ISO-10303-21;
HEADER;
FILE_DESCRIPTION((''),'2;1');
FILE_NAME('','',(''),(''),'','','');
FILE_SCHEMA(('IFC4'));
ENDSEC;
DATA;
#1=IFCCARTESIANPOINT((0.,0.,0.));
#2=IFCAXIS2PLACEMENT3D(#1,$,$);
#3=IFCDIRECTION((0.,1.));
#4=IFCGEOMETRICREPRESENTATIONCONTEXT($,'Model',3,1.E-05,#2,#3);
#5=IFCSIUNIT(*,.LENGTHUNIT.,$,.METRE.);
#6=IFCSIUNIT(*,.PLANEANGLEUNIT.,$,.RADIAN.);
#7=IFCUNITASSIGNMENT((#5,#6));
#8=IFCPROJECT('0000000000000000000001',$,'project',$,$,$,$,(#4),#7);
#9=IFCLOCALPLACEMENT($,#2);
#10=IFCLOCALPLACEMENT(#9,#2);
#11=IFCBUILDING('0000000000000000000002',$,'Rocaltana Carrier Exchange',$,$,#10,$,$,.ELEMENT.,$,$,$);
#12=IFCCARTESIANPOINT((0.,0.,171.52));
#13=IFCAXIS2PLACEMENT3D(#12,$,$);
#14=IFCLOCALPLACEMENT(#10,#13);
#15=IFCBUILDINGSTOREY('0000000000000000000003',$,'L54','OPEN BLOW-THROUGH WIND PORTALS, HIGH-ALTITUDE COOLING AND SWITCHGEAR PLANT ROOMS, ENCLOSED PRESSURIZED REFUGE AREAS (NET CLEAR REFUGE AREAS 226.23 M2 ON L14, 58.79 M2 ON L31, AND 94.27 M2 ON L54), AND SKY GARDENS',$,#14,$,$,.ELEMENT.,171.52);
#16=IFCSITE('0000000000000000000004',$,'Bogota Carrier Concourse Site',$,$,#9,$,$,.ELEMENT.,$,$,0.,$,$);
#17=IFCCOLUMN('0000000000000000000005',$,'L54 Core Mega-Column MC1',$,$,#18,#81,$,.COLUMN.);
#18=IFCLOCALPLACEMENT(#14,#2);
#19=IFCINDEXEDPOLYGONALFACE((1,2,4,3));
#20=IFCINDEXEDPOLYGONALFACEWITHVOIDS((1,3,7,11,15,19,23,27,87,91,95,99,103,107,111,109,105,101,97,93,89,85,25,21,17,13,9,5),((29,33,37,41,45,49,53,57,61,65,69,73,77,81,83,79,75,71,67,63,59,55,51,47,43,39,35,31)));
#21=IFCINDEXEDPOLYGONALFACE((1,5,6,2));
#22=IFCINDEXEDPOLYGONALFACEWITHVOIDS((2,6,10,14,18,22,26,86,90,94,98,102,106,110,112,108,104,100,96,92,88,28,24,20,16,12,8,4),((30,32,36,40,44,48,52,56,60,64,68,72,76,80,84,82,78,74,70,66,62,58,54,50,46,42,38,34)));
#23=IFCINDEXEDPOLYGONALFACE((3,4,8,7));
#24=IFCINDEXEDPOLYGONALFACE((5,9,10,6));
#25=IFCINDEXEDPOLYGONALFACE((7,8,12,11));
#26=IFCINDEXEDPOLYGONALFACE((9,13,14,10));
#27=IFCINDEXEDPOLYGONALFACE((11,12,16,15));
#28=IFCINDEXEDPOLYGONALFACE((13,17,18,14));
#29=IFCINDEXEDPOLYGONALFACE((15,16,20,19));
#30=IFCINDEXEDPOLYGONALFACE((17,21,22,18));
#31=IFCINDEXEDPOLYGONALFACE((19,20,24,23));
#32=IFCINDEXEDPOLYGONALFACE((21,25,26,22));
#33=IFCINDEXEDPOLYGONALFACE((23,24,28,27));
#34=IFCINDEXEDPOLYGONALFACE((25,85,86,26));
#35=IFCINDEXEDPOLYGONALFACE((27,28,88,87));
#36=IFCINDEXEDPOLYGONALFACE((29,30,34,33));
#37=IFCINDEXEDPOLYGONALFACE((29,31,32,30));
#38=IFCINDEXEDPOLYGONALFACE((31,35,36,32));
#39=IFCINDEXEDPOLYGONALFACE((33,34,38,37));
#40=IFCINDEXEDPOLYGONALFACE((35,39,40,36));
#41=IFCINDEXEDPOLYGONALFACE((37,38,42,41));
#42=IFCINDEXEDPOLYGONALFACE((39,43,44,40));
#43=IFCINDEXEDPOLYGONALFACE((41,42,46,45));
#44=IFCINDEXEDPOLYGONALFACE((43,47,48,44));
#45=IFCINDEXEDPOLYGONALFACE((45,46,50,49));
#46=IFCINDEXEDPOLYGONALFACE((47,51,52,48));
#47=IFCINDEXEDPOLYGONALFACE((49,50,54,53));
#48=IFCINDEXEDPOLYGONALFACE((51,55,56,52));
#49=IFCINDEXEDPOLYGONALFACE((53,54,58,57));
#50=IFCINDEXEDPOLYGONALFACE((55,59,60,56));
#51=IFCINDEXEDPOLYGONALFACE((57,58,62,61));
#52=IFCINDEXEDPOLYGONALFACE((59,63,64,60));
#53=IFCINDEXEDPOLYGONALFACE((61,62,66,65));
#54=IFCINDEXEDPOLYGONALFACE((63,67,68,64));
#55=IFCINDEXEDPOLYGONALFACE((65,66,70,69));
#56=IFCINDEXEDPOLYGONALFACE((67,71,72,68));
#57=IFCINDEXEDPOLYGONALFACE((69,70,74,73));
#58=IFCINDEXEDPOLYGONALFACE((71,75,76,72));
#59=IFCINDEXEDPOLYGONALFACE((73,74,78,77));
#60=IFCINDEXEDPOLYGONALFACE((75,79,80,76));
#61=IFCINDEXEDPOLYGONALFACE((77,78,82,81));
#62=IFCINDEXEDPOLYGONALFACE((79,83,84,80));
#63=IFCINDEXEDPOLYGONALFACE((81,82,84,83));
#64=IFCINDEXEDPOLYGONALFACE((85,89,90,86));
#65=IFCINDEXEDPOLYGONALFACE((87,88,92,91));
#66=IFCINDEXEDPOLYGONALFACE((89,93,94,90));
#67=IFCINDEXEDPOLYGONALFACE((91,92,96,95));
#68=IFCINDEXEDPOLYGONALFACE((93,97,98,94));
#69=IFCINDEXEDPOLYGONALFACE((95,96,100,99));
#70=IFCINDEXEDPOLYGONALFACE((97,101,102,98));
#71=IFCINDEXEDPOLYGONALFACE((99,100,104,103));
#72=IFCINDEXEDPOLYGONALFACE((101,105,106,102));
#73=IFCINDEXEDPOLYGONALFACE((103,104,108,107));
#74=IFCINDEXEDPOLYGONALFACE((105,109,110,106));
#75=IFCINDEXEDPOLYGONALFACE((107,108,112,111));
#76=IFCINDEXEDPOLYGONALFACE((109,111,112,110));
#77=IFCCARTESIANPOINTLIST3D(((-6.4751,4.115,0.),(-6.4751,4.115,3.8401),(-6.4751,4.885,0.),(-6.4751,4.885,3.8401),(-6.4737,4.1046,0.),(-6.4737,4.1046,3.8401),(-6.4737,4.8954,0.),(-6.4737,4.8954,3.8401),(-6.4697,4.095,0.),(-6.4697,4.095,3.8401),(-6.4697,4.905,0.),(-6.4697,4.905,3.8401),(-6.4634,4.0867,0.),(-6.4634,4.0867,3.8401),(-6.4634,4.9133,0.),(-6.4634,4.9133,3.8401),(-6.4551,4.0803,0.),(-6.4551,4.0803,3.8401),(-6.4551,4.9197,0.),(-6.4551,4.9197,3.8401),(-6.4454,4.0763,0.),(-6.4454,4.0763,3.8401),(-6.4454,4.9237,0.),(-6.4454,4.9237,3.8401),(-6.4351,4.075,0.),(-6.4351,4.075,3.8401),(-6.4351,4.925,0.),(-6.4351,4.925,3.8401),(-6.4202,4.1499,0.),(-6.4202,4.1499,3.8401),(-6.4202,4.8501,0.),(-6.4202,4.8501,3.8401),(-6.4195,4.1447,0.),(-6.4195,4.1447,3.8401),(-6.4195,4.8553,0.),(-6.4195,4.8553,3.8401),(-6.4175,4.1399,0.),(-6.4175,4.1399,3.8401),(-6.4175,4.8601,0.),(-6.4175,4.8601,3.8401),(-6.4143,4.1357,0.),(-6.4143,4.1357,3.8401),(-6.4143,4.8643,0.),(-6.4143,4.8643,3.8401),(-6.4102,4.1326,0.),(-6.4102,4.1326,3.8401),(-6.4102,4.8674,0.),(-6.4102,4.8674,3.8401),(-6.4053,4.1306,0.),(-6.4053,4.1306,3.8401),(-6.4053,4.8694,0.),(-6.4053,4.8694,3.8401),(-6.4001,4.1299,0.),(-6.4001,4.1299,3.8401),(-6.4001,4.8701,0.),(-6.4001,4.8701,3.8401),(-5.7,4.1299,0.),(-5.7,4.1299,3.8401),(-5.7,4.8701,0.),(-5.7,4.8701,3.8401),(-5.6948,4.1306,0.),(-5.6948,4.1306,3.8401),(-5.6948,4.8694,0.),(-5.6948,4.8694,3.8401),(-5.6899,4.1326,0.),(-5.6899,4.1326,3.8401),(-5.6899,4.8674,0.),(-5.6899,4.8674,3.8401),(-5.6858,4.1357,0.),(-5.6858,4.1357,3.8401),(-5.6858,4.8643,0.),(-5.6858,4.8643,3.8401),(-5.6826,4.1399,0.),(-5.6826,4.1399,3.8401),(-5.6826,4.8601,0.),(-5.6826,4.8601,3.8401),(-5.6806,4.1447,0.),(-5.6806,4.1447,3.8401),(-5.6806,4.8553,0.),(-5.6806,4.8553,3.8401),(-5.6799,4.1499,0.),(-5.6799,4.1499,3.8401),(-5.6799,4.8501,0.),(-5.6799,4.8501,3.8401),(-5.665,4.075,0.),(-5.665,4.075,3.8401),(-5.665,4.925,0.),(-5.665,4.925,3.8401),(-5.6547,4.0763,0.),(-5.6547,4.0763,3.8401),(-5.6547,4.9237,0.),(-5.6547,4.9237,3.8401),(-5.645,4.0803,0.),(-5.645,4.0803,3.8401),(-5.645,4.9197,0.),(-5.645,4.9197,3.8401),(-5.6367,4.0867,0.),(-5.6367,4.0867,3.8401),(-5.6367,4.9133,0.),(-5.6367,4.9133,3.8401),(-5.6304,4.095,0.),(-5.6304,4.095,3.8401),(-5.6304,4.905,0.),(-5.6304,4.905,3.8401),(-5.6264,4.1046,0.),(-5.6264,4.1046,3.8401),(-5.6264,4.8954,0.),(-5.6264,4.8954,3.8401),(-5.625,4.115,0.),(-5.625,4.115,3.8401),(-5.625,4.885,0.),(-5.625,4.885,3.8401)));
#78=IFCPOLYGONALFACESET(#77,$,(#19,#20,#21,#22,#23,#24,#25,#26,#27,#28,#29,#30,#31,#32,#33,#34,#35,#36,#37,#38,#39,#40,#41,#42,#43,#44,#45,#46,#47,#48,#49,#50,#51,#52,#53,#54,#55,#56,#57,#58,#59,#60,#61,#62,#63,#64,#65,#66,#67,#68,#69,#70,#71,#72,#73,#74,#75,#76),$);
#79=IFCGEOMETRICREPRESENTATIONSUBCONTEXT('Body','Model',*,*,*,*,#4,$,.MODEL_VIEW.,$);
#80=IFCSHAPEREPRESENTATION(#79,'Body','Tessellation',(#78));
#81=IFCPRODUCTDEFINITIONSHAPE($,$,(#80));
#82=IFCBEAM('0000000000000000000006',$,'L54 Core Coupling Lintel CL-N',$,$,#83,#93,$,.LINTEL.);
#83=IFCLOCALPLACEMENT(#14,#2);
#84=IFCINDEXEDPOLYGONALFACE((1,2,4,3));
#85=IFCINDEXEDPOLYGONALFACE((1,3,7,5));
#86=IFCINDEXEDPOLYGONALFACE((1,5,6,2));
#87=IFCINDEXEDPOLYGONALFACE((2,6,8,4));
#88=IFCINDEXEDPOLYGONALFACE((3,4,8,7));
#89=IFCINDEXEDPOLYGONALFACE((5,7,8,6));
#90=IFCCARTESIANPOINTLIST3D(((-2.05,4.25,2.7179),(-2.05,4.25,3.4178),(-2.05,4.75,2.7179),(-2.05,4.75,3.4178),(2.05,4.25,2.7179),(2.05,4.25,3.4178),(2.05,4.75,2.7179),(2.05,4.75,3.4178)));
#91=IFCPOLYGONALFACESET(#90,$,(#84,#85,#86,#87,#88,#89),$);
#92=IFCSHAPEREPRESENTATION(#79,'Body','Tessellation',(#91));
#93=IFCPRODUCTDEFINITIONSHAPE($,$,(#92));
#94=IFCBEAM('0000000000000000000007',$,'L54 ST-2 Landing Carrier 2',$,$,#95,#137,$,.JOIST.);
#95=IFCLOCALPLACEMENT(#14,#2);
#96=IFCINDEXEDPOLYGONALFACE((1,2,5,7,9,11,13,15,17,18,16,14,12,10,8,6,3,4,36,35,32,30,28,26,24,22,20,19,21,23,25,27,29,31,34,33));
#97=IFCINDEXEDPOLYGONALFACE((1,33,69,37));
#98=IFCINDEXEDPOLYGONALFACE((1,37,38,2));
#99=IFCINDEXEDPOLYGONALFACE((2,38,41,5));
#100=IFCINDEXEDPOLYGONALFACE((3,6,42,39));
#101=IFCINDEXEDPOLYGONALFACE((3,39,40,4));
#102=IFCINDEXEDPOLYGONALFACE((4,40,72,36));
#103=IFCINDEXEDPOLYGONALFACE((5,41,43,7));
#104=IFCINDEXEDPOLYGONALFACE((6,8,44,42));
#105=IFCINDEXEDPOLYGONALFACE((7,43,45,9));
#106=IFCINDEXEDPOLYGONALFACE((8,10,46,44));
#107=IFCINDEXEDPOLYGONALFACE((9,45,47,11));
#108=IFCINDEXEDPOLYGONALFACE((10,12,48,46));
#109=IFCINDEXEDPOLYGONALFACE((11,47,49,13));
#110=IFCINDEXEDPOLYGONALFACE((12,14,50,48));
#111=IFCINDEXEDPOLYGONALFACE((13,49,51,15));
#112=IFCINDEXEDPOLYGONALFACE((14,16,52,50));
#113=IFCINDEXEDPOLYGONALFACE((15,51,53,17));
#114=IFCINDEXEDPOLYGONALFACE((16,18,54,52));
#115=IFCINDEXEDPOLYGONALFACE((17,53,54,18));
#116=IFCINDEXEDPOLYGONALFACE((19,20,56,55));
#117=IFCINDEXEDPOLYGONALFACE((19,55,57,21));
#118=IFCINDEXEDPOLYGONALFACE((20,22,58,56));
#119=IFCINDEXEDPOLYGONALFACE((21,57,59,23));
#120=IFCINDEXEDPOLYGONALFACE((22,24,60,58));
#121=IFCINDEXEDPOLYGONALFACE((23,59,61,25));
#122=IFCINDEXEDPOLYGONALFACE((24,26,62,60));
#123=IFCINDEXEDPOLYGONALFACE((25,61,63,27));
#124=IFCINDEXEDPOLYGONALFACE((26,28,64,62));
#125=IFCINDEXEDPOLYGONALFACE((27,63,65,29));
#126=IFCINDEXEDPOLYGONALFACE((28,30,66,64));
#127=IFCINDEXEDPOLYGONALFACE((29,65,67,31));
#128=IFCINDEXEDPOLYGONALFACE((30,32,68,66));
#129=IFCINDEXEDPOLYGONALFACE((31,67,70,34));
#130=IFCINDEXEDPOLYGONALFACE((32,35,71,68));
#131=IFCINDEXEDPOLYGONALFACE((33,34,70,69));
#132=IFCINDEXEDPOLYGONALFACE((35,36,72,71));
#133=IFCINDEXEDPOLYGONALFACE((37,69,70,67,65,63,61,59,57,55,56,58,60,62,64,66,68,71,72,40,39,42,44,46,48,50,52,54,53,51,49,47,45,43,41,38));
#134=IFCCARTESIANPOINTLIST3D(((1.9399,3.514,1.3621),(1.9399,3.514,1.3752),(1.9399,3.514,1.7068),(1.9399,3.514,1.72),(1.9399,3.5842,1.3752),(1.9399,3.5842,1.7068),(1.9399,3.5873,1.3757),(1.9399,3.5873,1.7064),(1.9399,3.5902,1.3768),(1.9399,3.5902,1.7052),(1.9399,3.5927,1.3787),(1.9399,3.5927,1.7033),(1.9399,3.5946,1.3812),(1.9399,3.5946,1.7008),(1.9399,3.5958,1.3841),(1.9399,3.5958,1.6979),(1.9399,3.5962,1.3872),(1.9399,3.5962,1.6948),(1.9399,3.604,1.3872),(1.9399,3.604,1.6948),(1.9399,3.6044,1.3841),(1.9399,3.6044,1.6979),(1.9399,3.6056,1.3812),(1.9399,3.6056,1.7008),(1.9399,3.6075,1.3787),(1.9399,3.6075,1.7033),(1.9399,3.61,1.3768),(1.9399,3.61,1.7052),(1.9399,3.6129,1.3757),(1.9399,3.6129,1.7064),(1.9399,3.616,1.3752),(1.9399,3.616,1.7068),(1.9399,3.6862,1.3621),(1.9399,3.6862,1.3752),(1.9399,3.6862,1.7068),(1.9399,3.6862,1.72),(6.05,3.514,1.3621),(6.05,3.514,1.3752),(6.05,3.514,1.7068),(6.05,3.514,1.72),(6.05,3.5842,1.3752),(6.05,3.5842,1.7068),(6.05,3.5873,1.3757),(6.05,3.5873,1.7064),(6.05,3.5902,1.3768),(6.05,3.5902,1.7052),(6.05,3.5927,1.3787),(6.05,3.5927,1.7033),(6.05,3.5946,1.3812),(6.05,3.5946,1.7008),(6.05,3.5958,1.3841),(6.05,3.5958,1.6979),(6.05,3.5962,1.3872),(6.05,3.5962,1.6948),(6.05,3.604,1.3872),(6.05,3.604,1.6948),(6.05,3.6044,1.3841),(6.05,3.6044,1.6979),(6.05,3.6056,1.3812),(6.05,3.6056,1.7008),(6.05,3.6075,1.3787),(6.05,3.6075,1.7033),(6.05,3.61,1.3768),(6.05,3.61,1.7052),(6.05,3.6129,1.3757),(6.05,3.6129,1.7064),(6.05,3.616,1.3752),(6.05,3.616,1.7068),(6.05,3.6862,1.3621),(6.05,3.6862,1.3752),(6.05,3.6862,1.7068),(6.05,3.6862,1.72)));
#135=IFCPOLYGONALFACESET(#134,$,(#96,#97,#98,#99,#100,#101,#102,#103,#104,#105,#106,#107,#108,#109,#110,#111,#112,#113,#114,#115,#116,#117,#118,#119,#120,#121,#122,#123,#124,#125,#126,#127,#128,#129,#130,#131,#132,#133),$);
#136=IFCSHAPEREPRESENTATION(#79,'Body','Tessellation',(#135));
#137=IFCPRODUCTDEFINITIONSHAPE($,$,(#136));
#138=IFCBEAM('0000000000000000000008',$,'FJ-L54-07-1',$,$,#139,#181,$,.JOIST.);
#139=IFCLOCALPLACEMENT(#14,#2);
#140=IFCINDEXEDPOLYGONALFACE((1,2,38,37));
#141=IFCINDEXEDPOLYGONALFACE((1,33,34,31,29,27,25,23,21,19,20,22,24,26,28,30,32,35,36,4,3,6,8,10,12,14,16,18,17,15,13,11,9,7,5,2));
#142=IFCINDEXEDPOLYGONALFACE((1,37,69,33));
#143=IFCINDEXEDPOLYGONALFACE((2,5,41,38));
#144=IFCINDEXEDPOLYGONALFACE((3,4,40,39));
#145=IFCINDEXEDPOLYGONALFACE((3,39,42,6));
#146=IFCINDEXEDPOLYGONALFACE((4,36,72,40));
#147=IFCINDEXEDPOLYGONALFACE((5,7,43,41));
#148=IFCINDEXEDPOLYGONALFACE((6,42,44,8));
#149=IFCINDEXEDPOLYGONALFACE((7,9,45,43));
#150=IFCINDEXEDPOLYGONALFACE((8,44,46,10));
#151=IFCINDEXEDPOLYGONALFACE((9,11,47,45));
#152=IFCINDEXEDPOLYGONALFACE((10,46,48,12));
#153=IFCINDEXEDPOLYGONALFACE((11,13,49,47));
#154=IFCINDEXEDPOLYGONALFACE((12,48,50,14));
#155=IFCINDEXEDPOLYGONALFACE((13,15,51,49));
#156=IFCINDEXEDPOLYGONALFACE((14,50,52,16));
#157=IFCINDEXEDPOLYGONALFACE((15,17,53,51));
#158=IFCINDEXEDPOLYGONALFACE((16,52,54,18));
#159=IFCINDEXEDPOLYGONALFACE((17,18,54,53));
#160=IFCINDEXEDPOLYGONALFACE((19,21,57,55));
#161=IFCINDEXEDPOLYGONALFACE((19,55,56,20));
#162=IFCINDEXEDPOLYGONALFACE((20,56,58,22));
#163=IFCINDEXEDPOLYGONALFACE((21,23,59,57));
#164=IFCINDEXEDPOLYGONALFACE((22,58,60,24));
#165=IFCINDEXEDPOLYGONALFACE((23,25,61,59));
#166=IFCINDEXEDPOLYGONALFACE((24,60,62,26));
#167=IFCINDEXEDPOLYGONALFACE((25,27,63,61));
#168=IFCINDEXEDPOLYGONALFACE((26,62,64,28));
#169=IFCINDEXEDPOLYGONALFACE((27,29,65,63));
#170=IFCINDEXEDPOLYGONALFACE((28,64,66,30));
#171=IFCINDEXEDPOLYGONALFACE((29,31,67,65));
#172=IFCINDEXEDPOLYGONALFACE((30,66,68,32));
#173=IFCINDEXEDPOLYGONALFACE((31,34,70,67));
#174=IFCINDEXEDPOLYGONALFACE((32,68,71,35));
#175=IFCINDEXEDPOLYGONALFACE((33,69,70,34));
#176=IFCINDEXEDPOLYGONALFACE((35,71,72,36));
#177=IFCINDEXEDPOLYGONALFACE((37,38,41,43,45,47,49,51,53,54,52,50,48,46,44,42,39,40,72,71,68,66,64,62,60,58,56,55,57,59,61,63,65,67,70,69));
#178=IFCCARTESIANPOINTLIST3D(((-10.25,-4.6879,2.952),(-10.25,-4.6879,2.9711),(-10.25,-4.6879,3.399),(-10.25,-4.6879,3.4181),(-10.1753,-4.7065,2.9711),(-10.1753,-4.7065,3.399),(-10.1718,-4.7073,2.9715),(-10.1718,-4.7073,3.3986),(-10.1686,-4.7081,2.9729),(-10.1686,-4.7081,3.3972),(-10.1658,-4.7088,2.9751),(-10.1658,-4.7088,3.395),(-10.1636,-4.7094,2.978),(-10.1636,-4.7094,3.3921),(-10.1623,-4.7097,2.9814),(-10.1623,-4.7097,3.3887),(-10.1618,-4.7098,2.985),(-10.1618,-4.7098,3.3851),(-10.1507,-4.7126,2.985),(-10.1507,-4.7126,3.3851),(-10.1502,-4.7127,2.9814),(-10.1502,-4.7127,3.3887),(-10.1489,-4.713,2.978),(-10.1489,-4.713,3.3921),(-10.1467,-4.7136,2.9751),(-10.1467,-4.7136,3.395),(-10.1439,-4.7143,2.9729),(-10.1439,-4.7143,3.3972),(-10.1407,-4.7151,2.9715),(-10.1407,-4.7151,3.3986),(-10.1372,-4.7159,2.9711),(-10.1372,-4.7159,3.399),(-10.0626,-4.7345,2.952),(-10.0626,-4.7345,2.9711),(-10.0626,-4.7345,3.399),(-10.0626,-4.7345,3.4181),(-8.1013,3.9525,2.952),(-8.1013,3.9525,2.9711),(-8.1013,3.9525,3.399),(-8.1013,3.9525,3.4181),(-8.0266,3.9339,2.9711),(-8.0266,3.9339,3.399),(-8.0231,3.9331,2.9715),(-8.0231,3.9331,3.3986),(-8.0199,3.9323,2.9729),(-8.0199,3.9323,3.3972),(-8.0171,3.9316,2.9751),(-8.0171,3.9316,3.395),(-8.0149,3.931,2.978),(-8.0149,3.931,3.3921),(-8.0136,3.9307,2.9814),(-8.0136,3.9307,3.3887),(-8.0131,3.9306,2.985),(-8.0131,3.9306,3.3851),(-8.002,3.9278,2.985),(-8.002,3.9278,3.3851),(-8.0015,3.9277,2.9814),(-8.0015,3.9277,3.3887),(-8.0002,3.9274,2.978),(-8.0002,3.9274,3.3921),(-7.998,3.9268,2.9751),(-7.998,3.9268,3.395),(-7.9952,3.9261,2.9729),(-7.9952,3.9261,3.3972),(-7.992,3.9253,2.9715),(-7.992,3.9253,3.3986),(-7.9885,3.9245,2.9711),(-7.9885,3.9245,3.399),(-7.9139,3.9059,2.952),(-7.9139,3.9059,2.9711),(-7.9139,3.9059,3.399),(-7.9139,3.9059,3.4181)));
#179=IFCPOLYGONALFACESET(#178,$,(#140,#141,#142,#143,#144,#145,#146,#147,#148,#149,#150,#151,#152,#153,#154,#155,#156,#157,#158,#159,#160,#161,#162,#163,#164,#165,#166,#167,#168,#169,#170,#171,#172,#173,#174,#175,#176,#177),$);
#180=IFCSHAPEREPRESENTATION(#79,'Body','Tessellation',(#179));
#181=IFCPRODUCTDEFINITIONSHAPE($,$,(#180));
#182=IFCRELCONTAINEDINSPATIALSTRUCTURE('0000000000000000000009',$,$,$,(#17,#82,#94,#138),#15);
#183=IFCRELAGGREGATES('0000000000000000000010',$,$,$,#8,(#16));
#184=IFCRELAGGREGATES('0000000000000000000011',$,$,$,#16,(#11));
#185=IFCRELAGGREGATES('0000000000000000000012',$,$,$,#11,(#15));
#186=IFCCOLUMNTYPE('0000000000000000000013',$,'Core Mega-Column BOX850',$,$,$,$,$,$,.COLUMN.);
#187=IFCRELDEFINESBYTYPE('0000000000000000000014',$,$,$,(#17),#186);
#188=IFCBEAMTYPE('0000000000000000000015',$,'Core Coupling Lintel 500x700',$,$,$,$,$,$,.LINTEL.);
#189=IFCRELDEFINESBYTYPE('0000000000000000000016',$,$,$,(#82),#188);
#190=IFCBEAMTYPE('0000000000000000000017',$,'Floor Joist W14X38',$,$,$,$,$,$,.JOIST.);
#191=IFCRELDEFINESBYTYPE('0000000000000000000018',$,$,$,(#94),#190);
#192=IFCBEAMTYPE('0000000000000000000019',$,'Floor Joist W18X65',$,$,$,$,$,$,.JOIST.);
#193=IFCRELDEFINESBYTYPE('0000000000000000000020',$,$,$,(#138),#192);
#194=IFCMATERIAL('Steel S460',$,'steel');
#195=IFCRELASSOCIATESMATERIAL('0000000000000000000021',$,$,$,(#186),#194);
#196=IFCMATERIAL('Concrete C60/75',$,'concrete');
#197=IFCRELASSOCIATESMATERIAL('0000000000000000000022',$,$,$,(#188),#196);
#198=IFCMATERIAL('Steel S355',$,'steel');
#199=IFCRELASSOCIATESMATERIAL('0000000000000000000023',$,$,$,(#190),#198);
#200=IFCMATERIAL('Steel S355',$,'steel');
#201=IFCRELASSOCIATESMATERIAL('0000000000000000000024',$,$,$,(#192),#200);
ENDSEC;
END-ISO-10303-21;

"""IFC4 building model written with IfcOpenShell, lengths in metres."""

from ifc_helpers import new_model, si_unit, direction, frame, origin, origin_2d, place, context, subcontext, project, spatial, rectangle, hollow_rectangle, i_section, extrude, material, material_profile, profile_set, type_object, element, save


model = new_model("IFC4")

# Units and contexts
model_context = context("Model", 3, precision=1e-05, world=origin(), true_north=direction((0.0, 1.0)))
body_context = subcontext(model_context, "Body", "Model", "MODEL_VIEW")
ifc_project = project(units=[si_unit("LENGTHUNIT", "METRE"), si_unit("PLANEANGLEUNIT", "RADIAN")], contexts=[model_context])

# Site, building, storey
site_placement = place(None, origin())
site = spatial("IfcSite", under=ifc_project, at=site_placement, Name="Bogota Carrier Concourse Site", CompositionType="ELEMENT", RefElevation=0.0)
building_placement = place(site_placement, origin())
building = spatial("IfcBuilding", under=site, at=building_placement, Name="Rocaltana Carrier Exchange", CompositionType="ELEMENT")
storey_placement = place(building_placement, frame((0.0, 0.0, 171.52)))
storey = spatial("IfcBuildingStorey", under=building, at=storey_placement, Name="L54", Description="OPEN BLOW-THROUGH WIND PORTALS, HIGH-ALTITUDE COOLING AND SWITCHGEAR PLANT ROOMS, ENCLOSED PRESSURIZED REFUGE AREAS (NET CLEAR REFUGE AREAS 226.23 M2 ON L14, 58.79 M2 ON L31, AND 94.27 M2 ON L54), AND SKY GARDENS", CompositionType="ELEMENT", Elevation=171.52)

# Column
ifc_material_1 = material(Name="Steel S460", Category="steel")
ifc_material_profile_1 = material_profile(ifc_material_1, hollow_rectangle(XDim=0.8501, YDim=0.8501, WallThickness=0.0549, InnerFilletRadius=0.02, OuterFilletRadius=0.04, at=origin_2d()), Name="BOX850X850X55")
ifc_profile_set_1 = profile_set([ifc_material_profile_1], Name="Steel S460")
column_type = type_object("IfcColumnType", Name="Core Mega-Column BOX850", PredefinedType="COLUMN", material=ifc_profile_set_1)
column_placement = place(storey_placement, frame((-6.05, 4.5, 0.0), z_axis=(0.0, 0.0, 1.0), x_axis=(1.0, 0.0, 0.0)))
element("IfcColumn", 1, at=column_placement, inside=storey, type_object=column_type, Name="L54 Core Mega-Column MC1", PredefinedType="COLUMN", context=body_context, shape_type="SweptSolid", body=[
    extrude(hollow_rectangle(XDim=0.8501, YDim=0.8501, WallThickness=0.0549, InnerFilletRadius=0.02, OuterFilletRadius=0.04, at=origin_2d()), origin(), (0.0, 0.0, 1.0), 3.8401),
])

# Beams
ifc_material_2 = material(Name="Concrete C60/75", Category="concrete")
ifc_material_profile_2 = material_profile(ifc_material_2, rectangle(XDim=0.5, YDim=0.7, at=origin_2d()), Name="RC-BM-500X700")
ifc_profile_set_2 = profile_set([ifc_material_profile_2], Name="Concrete C60/75")
beam_type_1 = type_object("IfcBeamType", Name="Core Coupling Lintel 500x700", PredefinedType="LINTEL", material=ifc_profile_set_2)
beam_1_placement = place(storey_placement, frame((-2.05, 4.5, 3.0679), z_axis=(1.0, 0.0, 0.0), x_axis=(0.0, 1.0, 0.0)))
element("IfcBeam", 2, at=beam_1_placement, inside=storey, type_object=beam_type_1, Name="L54 Core Coupling Lintel CL-N", PredefinedType="LINTEL", context=body_context, shape_type="SweptSolid", body=[
    extrude(rectangle(XDim=0.5, YDim=0.7, at=origin_2d()), origin(), (0.0, 0.0, 1.0), 4.1001),
])
ifc_material_3 = material(Name="Steel S355", Category="steel")
ifc_material_profile_3 = material_profile(ifc_material_3, i_section(OverallWidth=0.1721, OverallDepth=0.3579, WebThickness=0.0078, FlangeThickness=0.0132, FilletRadius=0.012, at=origin_2d()), Name="W14X38")
ifc_profile_set_3 = profile_set([ifc_material_profile_3], Name="Steel S355")
beam_type_2 = type_object("IfcBeamType", Name="Floor Joist W14X38", PredefinedType="JOIST", material=ifc_profile_set_3)
beam_2_placement = place(storey_placement, frame((1.9399, 3.6001, 1.541), z_axis=(1.0, 0.0, 0.0), x_axis=(0.0, 1.0, 0.0)))
element("IfcBeam", 3, at=beam_2_placement, inside=storey, type_object=beam_type_2, Name="L54 ST-2 Landing Carrier 2", PredefinedType="JOIST", context=body_context, shape_type="SweptSolid", body=[
    extrude(i_section(OverallWidth=0.1721, OverallDepth=0.3579, WebThickness=0.0078, FlangeThickness=0.0132, FilletRadius=0.012, at=origin_2d()), origin(), (0.0, 0.0, 1.0), 4.1101),
])
ifc_material_4 = material(Name="Steel S355", Category="steel")
ifc_material_profile_4 = material_profile(ifc_material_4, i_section(OverallWidth=0.1931, OverallDepth=0.4661, WebThickness=0.0115, FlangeThickness=0.019, FilletRadius=0.0139, at=origin_2d()), Name="W18X65")
ifc_profile_set_4 = profile_set([ifc_material_profile_4], Name="Steel S355")
beam_type_3 = type_object("IfcBeamType", Name="Floor Joist W18X65", PredefinedType="JOIST", material=ifc_profile_set_4)
beam_3_placement = place(storey_placement, frame((-8.0076, 3.9292, 3.1851), z_axis=(-0.241329, -0.970443, 0.0), x_axis=(0.970443, -0.241329, 0.0)))
element("IfcBeam", 4, at=beam_3_placement, inside=storey, type_object=beam_type_3, Name="FJ-L54-07-1", PredefinedType="JOIST", context=body_context, shape_type="SweptSolid", body=[
    extrude(i_section(OverallWidth=0.1931, OverallDepth=0.4661, WebThickness=0.0115, FlangeThickness=0.019, FilletRadius=0.0139, at=origin_2d()), origin(), (0.0, 0.0, 1.0), 8.9036),
])

save(model, "model.ifc")
